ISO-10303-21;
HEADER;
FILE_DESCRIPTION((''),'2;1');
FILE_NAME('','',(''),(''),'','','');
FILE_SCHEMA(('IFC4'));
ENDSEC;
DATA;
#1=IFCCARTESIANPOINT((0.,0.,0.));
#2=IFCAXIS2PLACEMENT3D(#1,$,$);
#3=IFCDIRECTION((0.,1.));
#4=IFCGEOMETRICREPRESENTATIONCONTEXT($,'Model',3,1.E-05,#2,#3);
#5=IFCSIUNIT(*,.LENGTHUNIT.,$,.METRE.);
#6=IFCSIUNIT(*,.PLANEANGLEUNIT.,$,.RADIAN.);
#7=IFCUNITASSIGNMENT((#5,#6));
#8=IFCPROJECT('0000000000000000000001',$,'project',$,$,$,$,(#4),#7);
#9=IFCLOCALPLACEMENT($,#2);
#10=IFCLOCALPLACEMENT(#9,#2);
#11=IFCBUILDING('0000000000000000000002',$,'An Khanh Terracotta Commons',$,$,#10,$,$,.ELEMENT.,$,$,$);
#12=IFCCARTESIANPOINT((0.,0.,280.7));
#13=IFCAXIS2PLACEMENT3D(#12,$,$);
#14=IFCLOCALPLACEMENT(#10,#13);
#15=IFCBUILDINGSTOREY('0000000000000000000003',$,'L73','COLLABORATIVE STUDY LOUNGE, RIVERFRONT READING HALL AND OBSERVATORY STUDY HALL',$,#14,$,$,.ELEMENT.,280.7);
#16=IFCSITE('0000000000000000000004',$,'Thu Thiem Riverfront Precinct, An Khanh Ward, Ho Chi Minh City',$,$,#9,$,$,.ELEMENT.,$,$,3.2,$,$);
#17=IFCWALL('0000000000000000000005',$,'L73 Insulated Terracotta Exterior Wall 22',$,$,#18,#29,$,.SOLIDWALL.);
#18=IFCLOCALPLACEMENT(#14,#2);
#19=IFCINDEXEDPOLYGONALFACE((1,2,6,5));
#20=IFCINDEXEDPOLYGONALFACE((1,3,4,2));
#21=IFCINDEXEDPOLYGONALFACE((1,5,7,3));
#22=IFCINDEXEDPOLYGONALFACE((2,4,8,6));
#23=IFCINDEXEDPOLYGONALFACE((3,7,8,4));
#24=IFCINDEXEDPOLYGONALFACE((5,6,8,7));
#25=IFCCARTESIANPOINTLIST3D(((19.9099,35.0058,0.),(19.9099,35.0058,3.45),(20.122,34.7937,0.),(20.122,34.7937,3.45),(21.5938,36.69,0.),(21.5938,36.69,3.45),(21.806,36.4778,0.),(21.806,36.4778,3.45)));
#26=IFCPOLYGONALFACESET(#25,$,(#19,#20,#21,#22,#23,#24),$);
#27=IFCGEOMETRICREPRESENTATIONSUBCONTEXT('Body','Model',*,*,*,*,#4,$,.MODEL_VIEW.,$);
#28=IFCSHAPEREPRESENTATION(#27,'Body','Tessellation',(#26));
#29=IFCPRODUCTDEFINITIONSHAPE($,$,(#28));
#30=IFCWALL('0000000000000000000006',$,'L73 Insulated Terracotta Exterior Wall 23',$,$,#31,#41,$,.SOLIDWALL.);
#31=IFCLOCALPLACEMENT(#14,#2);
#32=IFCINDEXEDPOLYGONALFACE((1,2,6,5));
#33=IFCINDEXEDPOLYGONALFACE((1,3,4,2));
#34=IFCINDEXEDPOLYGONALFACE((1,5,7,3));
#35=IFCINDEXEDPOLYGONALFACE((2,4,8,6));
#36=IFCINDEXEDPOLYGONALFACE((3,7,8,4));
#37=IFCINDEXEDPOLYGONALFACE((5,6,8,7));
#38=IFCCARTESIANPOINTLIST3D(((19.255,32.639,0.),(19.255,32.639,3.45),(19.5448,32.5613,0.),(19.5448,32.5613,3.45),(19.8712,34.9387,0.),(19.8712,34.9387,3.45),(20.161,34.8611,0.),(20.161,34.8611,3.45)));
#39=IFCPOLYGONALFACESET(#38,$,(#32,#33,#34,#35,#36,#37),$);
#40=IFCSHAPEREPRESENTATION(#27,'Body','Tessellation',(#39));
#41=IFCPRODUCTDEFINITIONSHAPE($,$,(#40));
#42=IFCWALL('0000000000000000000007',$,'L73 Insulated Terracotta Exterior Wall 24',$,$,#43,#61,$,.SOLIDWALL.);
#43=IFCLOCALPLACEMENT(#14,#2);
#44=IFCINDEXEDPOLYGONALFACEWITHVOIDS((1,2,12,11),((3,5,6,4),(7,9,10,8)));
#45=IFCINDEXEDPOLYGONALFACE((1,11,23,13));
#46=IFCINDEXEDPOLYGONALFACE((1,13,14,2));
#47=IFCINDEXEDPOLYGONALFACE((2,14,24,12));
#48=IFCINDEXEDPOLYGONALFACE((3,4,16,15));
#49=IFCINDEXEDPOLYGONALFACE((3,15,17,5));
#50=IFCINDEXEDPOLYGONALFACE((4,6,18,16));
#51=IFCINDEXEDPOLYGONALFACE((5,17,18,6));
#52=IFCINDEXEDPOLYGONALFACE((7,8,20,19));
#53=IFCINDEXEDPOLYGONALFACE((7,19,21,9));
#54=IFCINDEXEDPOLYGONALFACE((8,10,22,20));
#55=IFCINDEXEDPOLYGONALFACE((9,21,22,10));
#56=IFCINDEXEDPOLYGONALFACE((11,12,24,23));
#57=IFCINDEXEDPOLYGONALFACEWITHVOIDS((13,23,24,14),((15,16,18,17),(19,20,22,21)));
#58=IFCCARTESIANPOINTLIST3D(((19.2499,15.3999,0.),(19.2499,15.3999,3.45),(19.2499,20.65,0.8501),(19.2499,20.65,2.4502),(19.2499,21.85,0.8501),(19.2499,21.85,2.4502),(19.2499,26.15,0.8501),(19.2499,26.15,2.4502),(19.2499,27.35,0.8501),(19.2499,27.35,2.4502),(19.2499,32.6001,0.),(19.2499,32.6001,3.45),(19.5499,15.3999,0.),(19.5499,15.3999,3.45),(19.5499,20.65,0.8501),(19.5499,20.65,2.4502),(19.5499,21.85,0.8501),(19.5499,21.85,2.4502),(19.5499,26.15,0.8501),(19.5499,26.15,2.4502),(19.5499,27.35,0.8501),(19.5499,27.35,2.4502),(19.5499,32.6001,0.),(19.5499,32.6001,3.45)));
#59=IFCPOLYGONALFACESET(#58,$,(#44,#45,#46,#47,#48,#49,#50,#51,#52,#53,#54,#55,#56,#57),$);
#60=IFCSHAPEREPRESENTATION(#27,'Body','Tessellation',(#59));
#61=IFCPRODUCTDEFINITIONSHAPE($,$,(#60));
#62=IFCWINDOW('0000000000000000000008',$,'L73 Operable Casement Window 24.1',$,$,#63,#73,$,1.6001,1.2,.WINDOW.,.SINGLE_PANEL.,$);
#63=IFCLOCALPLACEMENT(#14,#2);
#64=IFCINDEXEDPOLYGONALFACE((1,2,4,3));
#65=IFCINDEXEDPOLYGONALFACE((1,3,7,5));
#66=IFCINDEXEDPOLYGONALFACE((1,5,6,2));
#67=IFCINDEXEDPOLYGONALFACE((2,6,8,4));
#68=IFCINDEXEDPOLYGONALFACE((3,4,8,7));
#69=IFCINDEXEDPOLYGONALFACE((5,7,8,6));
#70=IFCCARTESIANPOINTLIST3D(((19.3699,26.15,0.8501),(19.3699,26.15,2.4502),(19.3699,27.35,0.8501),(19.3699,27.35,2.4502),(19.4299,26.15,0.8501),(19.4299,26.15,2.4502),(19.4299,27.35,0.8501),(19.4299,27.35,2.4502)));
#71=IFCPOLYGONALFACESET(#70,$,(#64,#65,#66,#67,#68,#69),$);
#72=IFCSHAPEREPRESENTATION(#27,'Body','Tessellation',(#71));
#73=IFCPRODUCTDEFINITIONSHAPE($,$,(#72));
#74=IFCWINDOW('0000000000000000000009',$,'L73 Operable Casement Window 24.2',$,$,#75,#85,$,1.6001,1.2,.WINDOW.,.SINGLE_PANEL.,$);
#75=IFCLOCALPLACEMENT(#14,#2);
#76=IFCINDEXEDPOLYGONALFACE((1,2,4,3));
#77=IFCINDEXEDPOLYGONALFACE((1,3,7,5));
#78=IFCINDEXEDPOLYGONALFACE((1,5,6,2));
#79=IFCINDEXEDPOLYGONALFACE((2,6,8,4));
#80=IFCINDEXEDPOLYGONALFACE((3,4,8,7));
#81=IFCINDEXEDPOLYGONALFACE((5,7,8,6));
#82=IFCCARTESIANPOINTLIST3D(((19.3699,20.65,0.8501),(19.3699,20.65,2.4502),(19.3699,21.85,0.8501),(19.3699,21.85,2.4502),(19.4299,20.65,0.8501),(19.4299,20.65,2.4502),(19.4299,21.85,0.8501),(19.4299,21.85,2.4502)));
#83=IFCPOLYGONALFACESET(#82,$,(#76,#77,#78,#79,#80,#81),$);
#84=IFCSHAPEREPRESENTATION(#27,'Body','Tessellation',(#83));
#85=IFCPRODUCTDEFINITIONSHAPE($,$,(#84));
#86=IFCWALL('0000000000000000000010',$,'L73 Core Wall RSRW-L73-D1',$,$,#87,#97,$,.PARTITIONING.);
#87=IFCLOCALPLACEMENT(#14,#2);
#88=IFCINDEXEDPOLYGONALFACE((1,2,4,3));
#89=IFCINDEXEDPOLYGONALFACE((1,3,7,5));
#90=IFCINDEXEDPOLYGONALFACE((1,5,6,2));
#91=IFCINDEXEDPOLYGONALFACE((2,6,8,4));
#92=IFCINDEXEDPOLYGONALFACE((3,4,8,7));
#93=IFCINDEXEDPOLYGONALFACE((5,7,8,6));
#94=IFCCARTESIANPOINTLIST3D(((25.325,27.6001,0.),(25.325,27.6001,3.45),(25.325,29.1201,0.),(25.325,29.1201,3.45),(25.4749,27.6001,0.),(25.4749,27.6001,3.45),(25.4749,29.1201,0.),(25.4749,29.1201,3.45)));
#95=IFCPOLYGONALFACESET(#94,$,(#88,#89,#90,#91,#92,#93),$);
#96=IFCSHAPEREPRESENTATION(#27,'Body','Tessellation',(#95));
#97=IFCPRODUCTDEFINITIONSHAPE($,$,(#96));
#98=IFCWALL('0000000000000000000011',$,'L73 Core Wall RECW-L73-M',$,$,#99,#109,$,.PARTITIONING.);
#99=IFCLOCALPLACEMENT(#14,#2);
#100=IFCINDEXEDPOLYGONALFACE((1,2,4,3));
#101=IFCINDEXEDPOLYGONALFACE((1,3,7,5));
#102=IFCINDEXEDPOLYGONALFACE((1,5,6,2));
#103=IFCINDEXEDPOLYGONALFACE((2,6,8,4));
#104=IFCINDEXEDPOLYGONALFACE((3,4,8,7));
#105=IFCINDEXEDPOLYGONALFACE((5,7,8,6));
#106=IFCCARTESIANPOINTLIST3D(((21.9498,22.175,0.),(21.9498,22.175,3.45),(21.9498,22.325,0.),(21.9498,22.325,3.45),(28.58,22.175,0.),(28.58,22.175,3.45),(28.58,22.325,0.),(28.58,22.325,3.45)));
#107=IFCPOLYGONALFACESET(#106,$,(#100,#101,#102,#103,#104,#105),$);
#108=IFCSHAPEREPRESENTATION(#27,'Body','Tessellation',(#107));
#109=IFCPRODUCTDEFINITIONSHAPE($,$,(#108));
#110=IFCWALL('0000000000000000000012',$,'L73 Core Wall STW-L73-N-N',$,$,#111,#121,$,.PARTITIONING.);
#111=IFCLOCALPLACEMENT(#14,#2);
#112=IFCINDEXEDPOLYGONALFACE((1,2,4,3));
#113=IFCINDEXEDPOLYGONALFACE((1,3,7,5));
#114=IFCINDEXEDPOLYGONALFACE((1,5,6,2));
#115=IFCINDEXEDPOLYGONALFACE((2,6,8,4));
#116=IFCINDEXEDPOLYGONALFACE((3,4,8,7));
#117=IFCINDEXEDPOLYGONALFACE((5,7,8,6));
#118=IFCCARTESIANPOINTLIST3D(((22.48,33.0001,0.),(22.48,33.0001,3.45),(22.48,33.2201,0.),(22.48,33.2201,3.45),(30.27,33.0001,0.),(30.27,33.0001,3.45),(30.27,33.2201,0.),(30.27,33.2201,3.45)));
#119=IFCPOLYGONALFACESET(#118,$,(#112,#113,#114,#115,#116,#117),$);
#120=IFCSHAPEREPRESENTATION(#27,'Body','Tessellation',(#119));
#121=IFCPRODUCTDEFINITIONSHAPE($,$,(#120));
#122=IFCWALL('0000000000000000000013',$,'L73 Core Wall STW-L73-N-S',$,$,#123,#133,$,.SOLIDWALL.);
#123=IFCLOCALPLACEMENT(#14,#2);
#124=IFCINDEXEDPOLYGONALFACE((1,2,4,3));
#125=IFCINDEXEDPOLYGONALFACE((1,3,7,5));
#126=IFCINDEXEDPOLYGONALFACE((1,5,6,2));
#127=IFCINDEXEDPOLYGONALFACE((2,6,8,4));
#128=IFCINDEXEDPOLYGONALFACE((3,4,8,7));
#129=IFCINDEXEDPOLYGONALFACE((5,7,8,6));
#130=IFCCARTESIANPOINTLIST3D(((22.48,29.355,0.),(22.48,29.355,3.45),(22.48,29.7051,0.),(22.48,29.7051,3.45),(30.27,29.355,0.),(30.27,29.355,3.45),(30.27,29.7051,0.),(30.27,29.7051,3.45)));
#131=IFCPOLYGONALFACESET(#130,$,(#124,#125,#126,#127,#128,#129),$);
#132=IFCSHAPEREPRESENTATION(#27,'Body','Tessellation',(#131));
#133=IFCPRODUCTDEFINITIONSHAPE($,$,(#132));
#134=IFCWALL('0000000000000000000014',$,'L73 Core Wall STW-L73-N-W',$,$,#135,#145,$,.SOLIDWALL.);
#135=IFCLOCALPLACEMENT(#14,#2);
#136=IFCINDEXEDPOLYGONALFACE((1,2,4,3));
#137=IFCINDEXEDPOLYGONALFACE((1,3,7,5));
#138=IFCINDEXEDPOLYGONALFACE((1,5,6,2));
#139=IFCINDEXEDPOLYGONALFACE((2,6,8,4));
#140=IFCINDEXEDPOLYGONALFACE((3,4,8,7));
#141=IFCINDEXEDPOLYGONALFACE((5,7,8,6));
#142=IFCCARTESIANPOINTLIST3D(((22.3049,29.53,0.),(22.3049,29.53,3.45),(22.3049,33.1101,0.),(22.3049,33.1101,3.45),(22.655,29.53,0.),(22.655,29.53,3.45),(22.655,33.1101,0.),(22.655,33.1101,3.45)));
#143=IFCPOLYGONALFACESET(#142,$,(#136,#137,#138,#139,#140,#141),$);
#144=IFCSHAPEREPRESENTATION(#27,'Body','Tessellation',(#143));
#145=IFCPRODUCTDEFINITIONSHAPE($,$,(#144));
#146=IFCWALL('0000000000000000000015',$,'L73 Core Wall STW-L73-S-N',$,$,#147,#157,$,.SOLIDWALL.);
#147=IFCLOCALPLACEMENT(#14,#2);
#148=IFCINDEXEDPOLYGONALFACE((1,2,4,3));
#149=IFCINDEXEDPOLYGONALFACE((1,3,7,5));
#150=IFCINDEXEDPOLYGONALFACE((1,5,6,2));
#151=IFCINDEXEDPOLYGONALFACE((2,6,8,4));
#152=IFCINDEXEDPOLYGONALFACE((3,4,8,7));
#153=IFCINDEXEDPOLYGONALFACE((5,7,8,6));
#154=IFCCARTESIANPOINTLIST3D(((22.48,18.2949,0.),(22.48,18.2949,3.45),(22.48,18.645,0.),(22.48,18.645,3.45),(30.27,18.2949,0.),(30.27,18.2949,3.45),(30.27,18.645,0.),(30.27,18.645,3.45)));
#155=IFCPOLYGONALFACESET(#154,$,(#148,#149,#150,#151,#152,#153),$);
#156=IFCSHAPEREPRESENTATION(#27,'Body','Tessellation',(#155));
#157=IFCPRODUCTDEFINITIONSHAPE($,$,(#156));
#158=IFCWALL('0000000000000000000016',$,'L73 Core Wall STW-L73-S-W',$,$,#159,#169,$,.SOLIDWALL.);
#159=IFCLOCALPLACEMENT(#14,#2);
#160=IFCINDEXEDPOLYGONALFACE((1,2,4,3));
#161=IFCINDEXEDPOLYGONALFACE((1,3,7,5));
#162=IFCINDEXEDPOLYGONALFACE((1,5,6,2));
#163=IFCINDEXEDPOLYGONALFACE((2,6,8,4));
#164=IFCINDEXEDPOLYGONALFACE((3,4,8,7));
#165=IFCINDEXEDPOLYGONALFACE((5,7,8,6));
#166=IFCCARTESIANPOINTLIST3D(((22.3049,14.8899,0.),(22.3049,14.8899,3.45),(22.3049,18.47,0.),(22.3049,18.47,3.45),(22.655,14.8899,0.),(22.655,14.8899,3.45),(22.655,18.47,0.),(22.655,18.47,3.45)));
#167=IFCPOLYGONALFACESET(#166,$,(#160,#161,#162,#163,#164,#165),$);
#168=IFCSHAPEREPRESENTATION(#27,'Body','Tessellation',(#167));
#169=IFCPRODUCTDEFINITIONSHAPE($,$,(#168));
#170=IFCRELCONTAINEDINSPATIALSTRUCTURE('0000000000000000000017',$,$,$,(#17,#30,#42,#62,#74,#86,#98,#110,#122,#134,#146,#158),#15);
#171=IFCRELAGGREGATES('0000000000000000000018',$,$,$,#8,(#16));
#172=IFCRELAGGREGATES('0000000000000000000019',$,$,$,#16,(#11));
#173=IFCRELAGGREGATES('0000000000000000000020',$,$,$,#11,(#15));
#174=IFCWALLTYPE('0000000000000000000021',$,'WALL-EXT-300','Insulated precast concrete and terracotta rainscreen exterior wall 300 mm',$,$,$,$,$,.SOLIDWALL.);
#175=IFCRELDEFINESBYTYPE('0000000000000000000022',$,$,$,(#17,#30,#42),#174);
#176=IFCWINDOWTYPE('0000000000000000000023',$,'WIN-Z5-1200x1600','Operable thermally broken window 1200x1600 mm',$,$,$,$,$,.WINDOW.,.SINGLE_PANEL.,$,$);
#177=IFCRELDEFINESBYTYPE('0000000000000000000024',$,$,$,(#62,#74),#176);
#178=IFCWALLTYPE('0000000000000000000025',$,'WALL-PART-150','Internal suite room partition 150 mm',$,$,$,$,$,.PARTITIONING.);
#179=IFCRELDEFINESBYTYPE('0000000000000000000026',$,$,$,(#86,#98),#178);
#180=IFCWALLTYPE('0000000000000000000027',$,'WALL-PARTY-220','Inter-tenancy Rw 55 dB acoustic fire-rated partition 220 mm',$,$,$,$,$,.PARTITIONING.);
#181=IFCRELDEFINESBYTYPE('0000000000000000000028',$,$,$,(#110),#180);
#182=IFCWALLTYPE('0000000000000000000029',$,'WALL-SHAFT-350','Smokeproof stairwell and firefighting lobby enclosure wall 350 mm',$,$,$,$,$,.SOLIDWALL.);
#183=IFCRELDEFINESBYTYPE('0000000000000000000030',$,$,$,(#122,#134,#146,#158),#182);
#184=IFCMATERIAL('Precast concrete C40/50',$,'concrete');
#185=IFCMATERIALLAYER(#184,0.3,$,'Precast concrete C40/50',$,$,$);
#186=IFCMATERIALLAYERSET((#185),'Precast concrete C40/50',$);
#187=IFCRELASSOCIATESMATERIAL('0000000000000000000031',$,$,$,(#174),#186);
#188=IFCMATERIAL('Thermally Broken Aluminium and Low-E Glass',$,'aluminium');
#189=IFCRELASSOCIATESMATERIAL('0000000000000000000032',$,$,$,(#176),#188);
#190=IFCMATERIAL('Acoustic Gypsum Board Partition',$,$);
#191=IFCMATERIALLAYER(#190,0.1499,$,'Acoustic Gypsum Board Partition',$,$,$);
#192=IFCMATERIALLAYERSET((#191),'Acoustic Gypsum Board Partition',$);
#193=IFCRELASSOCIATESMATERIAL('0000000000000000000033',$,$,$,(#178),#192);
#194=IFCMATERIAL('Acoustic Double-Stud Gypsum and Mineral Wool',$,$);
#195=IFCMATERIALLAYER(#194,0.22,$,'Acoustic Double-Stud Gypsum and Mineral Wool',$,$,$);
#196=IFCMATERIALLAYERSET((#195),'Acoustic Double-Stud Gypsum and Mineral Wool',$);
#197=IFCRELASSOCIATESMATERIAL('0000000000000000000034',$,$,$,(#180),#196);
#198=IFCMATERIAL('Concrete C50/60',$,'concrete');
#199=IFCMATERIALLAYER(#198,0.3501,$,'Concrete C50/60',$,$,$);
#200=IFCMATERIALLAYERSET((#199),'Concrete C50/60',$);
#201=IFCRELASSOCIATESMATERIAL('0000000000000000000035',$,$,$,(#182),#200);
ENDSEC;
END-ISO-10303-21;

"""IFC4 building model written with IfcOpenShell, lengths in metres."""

from ifc_helpers import new_model, si_unit, direction, frame, frame_2d, origin, place, context, subcontext, project, spatial, rectangle, extrude, material, layer, layer_set, type_object, element, fill, save


model = new_model("IFC4")

# Units and contexts
model_context = context("Model", 3, precision=1e-05, world=origin(), true_north=direction((0.0, 1.0)))
body_context = subcontext(model_context, "Body", "Model", "MODEL_VIEW")
ifc_project = project(units=[si_unit("LENGTHUNIT", "METRE"), si_unit("PLANEANGLEUNIT", "RADIAN")], contexts=[model_context])

# Site, building, storey
site_placement = place(None, origin())
site = spatial("IfcSite", under=ifc_project, at=site_placement, Name="Thu Thiem Riverfront Precinct, An Khanh Ward, Ho Chi Minh City", CompositionType="ELEMENT", RefElevation=3.2)
building_placement = place(site_placement, origin())
building = spatial("IfcBuilding", under=site, at=building_placement, Name="An Khanh Terracotta Commons", CompositionType="ELEMENT")
storey_placement = place(building_placement, frame((0.0, 0.0, 280.7)))
storey = spatial("IfcBuildingStorey", under=building, at=storey_placement, Name="L73", Description="COLLABORATIVE STUDY LOUNGE, RIVERFRONT READING HALL AND OBSERVATORY STUDY HALL", CompositionType="ELEMENT", Elevation=280.7)

# Shared definitions
ifc_material_1 = material(Name="Concrete C50/60", Category="concrete")

# Walls
ifc_material_2 = material(Name="Precast concrete C40/50", Category="concrete")
ifc_layer_1 = layer(ifc_material_2, 0.3, Name="Precast concrete C40/50")
ifc_layer_set_1 = layer_set([ifc_layer_1], Name="Precast concrete C40/50")
wall_type_1 = type_object("IfcWallType", Name="WALL-EXT-300", Description="Insulated precast concrete and terracotta rainscreen exterior wall 300 mm", PredefinedType="SOLIDWALL", material=ifc_layer_set_1)
wall_1_placement = place(storey_placement, frame((21.7, 36.584, 0.0), z_axis=(0.0, 0.0, 1.0), x_axis=(-0.707056, -0.707158, 0.0)))
element("IfcWall", 1, at=wall_1_placement, inside=storey, type_object=wall_type_1, Name="L73 Insulated Terracotta Exterior Wall 22", PredefinedType="SOLIDWALL", context=body_context, shape_type="SweptSolid", body=[
    extrude(rectangle(XDim=2.3816, YDim=0.3, at=frame_2d((1.1909, 0.0))), origin(), (0.0, 0.0, 1.0), 3.45),
])
wall_2_placement = place(storey_placement, frame((20.0161, 34.8999, 0.0), z_axis=(0.0, 0.0, 1.0), x_axis=(-0.258811, -0.965928, 0.0)))
element("IfcWall", 2, at=wall_2_placement, inside=storey, type_object=wall_type_1, Name="L73 Insulated Terracotta Exterior Wall 23", PredefinedType="SOLIDWALL", context=body_context, shape_type="SweptSolid", body=[
    extrude(rectangle(XDim=2.3809, YDim=0.3, at=frame_2d((1.1904, 0.0))), origin(), (0.0, 0.0, 1.0), 3.45),
])

# Wall, openings, windows
wall_3_placement = place(storey_placement, frame((19.3999, 32.6001, 0.0), z_axis=(0.0, 0.0, 1.0), x_axis=(0.0, -1.0, 0.0)))
wall_3 = element("IfcWall", 3, at=wall_3_placement, inside=storey, type_object=wall_type_1, Name="L73 Insulated Terracotta Exterior Wall 24", PredefinedType="SOLIDWALL", context=body_context, shape_type="SweptSolid", body=[
    extrude(rectangle(XDim=17.2002, YDim=0.3, at=frame_2d((8.6001, 0.0))), origin(), (0.0, 0.0, 1.0), 3.45),
])
opening_1_placement = place(wall_3_placement, frame((5.25, 0.0, 0.8501)))
opening_1 = element("IfcOpeningElement", 4, at=opening_1_placement, cuts=wall_3, PredefinedType="OPENING", context=body_context, shape_type="SweptSolid", body=[
    extrude(rectangle(XDim=1.2, YDim=1.6001, at=frame_2d((0.6001, 0.8))), frame((0.0, 0.1599, 0.0), z_axis=(0.0, -1.0, 0.0), x_axis=(1.0, 0.0, 0.0)), (0.0, 0.0, 1.0), 0.3201),
])
opening_2_placement = place(wall_3_placement, frame((10.75, 0.0, 0.8501)))
opening_2 = element("IfcOpeningElement", 5, at=opening_2_placement, cuts=wall_3, PredefinedType="OPENING", context=body_context, shape_type="SweptSolid", body=[
    extrude(rectangle(XDim=1.2, YDim=1.6001, at=frame_2d((0.6001, 0.8))), frame((0.0, 0.1599, 0.0), z_axis=(0.0, -1.0, 0.0), x_axis=(1.0, 0.0, 0.0)), (0.0, 0.0, 1.0), 0.3201),
])
ifc_material_3 = material(Name="Thermally Broken Aluminium and Low-E Glass", Category="aluminium")
window_type = type_object("IfcWindowType", Name="WIN-Z5-1200x1600", Description="Operable thermally broken window 1200x1600 mm", PartitioningType="SINGLE_PANEL", PredefinedType="WINDOW", material=ifc_material_3)
window_1_placement = place(opening_1_placement, origin())
window_1 = element("IfcWindow", 6, at=window_1_placement, inside=storey, type_object=window_type, Name="L73 Operable Casement Window 24.1", OverallHeight=1.6001, OverallWidth=1.2, PartitioningType="SINGLE_PANEL", PredefinedType="WINDOW", context=body_context, shape_type="SweptSolid", body=[
    extrude(rectangle(XDim=1.2, YDim=1.6001, at=frame_2d((0.6001, 0.8))), frame((0.0, 0.03, 0.0), z_axis=(0.0, -1.0, 0.0), x_axis=(1.0, 0.0, 0.0)), (0.0, 0.0, 1.0), 0.0601),
])
fill(opening_1, window_1)
window_2_placement = place(opening_2_placement, origin())
window_2 = element("IfcWindow", 7, at=window_2_placement, inside=storey, type_object=window_type, Name="L73 Operable Casement Window 24.2", OverallHeight=1.6001, OverallWidth=1.2, PartitioningType="SINGLE_PANEL", PredefinedType="WINDOW", context=body_context, shape_type="SweptSolid", body=[
    extrude(rectangle(XDim=1.2, YDim=1.6001, at=frame_2d((0.6001, 0.8))), frame((0.0, 0.03, 0.0), z_axis=(0.0, -1.0, 0.0), x_axis=(1.0, 0.0, 0.0)), (0.0, 0.0, 1.0), 0.0601),
])
fill(opening_2, window_2)

# Walls
ifc_material_4 = material(Name="Acoustic Gypsum Board Partition")
ifc_layer_2 = layer(ifc_material_4, 0.1499, Name="Acoustic Gypsum Board Partition")
ifc_layer_set_2 = layer_set([ifc_layer_2], Name="Acoustic Gypsum Board Partition")
wall_type_2 = type_object("IfcWallType", Name="WALL-PART-150", Description="Internal suite room partition 150 mm", PredefinedType="PARTITIONING", material=ifc_layer_set_2)
wall_4_placement = place(storey_placement, frame((25.3999, 27.6001, 0.0), z_axis=(0.0, 0.0, 1.0), x_axis=(0.0, 1.0, 0.0)))
element("IfcWall", 8, at=wall_4_placement, inside=storey, type_object=wall_type_2, Name="L73 Core Wall RSRW-L73-D1", PredefinedType="PARTITIONING", context=body_context, shape_type="SweptSolid", body=[
    extrude(rectangle(XDim=1.52, YDim=0.1499, at=frame_2d((0.76, 0.0))), origin(), (0.0, 0.0, 1.0), 3.45),
])
wall_5_placement = place(storey_placement, frame((21.95, 22.25, 0.0), z_axis=(0.0, 0.0, 1.0), x_axis=(1.0, 0.0, 0.0)))
element("IfcWall", 9, at=wall_5_placement, inside=storey, type_object=wall_type_2, Name="L73 Core Wall RECW-L73-M", PredefinedType="PARTITIONING", context=body_context, shape_type="SweptSolid", body=[
    extrude(rectangle(XDim=6.6301, YDim=0.1499, at=frame_2d((3.3149, 0.0))), origin(), (0.0, 0.0, 1.0), 3.45),
])
ifc_material_5 = material(Name="Acoustic Double-Stud Gypsum and Mineral Wool")
ifc_layer_3 = layer(ifc_material_5, 0.22, Name="Acoustic Double-Stud Gypsum and Mineral Wool")
ifc_layer_set_3 = layer_set([ifc_layer_3], Name="Acoustic Double-Stud Gypsum and Mineral Wool")
wall_type_3 = type_object("IfcWallType", Name="WALL-PARTY-220", Description="Inter-tenancy Rw 55 dB acoustic fire-rated partition 220 mm", PredefinedType="PARTITIONING", material=ifc_layer_set_3)
wall_6_placement = place(storey_placement, frame((22.48, 33.1101, 0.0), z_axis=(0.0, 0.0, 1.0), x_axis=(1.0, 0.0, 0.0)))
element("IfcWall", 10, at=wall_6_placement, inside=storey, type_object=wall_type_3, Name="L73 Core Wall STW-L73-N-N", PredefinedType="PARTITIONING", context=body_context, shape_type="SweptSolid", body=[
    extrude(rectangle(XDim=7.79, YDim=0.22, at=frame_2d((3.895, 0.0))), origin(), (0.0, 0.0, 1.0), 3.45),
])
ifc_layer_4 = layer(ifc_material_1, 0.3501, Name="Concrete C50/60")
ifc_layer_set_4 = layer_set([ifc_layer_4], Name="Concrete C50/60")
wall_type_4 = type_object("IfcWallType", Name="WALL-SHAFT-350", Description="Smokeproof stairwell and firefighting lobby enclosure wall 350 mm", PredefinedType="SOLIDWALL", material=ifc_layer_set_4)
wall_7_placement = place(storey_placement, frame((22.48, 29.53, 0.0), z_axis=(0.0, 0.0, 1.0), x_axis=(1.0, 0.0, 0.0)))
element("IfcWall", 11, at=wall_7_placement, inside=storey, type_object=wall_type_4, Name="L73 Core Wall STW-L73-N-S", PredefinedType="SOLIDWALL", context=body_context, shape_type="SweptSolid", body=[
    extrude(rectangle(XDim=7.79, YDim=0.3501, at=frame_2d((3.895, 0.0))), origin(), (0.0, 0.0, 1.0), 3.45),
])
wall_8_placement = place(storey_placement, frame((22.48, 29.53, 0.0), z_axis=(0.0, 0.0, 1.0), x_axis=(0.0, 1.0, 0.0)))
element("IfcWall", 12, at=wall_8_placement, inside=storey, type_object=wall_type_4, Name="L73 Core Wall STW-L73-N-W", PredefinedType="SOLIDWALL", context=body_context, shape_type="SweptSolid", body=[
    extrude(rectangle(XDim=3.5801, YDim=0.3501, at=frame_2d((1.79, 0.0))), origin(), (0.0, 0.0, 1.0), 3.45),
])
wall_9_placement = place(storey_placement, frame((22.48, 18.47, 0.0), z_axis=(0.0, 0.0, 1.0), x_axis=(1.0, 0.0, 0.0)))
element("IfcWall", 13, at=wall_9_placement, inside=storey, type_object=wall_type_4, Name="L73 Core Wall STW-L73-S-N", PredefinedType="SOLIDWALL", context=body_context, shape_type="SweptSolid", body=[
    extrude(rectangle(XDim=7.79, YDim=0.3501, at=frame_2d((3.895, 0.0))), origin(), (0.0, 0.0, 1.0), 3.45),
])
wall_10_placement = place(storey_placement, frame((22.48, 14.8899, 0.0), z_axis=(0.0, 0.0, 1.0), x_axis=(0.0, 1.0, 0.0)))
element("IfcWall", 14, at=wall_10_placement, inside=storey, type_object=wall_type_4, Name="L73 Core Wall STW-L73-S-W", PredefinedType="SOLIDWALL", context=body_context, shape_type="SweptSolid", body=[
    extrude(rectangle(XDim=3.5801, YDim=0.3501, at=frame_2d((1.79, 0.0))), origin(), (0.0, 0.0, 1.0), 3.45),
])

save(model, "model.ifc")
